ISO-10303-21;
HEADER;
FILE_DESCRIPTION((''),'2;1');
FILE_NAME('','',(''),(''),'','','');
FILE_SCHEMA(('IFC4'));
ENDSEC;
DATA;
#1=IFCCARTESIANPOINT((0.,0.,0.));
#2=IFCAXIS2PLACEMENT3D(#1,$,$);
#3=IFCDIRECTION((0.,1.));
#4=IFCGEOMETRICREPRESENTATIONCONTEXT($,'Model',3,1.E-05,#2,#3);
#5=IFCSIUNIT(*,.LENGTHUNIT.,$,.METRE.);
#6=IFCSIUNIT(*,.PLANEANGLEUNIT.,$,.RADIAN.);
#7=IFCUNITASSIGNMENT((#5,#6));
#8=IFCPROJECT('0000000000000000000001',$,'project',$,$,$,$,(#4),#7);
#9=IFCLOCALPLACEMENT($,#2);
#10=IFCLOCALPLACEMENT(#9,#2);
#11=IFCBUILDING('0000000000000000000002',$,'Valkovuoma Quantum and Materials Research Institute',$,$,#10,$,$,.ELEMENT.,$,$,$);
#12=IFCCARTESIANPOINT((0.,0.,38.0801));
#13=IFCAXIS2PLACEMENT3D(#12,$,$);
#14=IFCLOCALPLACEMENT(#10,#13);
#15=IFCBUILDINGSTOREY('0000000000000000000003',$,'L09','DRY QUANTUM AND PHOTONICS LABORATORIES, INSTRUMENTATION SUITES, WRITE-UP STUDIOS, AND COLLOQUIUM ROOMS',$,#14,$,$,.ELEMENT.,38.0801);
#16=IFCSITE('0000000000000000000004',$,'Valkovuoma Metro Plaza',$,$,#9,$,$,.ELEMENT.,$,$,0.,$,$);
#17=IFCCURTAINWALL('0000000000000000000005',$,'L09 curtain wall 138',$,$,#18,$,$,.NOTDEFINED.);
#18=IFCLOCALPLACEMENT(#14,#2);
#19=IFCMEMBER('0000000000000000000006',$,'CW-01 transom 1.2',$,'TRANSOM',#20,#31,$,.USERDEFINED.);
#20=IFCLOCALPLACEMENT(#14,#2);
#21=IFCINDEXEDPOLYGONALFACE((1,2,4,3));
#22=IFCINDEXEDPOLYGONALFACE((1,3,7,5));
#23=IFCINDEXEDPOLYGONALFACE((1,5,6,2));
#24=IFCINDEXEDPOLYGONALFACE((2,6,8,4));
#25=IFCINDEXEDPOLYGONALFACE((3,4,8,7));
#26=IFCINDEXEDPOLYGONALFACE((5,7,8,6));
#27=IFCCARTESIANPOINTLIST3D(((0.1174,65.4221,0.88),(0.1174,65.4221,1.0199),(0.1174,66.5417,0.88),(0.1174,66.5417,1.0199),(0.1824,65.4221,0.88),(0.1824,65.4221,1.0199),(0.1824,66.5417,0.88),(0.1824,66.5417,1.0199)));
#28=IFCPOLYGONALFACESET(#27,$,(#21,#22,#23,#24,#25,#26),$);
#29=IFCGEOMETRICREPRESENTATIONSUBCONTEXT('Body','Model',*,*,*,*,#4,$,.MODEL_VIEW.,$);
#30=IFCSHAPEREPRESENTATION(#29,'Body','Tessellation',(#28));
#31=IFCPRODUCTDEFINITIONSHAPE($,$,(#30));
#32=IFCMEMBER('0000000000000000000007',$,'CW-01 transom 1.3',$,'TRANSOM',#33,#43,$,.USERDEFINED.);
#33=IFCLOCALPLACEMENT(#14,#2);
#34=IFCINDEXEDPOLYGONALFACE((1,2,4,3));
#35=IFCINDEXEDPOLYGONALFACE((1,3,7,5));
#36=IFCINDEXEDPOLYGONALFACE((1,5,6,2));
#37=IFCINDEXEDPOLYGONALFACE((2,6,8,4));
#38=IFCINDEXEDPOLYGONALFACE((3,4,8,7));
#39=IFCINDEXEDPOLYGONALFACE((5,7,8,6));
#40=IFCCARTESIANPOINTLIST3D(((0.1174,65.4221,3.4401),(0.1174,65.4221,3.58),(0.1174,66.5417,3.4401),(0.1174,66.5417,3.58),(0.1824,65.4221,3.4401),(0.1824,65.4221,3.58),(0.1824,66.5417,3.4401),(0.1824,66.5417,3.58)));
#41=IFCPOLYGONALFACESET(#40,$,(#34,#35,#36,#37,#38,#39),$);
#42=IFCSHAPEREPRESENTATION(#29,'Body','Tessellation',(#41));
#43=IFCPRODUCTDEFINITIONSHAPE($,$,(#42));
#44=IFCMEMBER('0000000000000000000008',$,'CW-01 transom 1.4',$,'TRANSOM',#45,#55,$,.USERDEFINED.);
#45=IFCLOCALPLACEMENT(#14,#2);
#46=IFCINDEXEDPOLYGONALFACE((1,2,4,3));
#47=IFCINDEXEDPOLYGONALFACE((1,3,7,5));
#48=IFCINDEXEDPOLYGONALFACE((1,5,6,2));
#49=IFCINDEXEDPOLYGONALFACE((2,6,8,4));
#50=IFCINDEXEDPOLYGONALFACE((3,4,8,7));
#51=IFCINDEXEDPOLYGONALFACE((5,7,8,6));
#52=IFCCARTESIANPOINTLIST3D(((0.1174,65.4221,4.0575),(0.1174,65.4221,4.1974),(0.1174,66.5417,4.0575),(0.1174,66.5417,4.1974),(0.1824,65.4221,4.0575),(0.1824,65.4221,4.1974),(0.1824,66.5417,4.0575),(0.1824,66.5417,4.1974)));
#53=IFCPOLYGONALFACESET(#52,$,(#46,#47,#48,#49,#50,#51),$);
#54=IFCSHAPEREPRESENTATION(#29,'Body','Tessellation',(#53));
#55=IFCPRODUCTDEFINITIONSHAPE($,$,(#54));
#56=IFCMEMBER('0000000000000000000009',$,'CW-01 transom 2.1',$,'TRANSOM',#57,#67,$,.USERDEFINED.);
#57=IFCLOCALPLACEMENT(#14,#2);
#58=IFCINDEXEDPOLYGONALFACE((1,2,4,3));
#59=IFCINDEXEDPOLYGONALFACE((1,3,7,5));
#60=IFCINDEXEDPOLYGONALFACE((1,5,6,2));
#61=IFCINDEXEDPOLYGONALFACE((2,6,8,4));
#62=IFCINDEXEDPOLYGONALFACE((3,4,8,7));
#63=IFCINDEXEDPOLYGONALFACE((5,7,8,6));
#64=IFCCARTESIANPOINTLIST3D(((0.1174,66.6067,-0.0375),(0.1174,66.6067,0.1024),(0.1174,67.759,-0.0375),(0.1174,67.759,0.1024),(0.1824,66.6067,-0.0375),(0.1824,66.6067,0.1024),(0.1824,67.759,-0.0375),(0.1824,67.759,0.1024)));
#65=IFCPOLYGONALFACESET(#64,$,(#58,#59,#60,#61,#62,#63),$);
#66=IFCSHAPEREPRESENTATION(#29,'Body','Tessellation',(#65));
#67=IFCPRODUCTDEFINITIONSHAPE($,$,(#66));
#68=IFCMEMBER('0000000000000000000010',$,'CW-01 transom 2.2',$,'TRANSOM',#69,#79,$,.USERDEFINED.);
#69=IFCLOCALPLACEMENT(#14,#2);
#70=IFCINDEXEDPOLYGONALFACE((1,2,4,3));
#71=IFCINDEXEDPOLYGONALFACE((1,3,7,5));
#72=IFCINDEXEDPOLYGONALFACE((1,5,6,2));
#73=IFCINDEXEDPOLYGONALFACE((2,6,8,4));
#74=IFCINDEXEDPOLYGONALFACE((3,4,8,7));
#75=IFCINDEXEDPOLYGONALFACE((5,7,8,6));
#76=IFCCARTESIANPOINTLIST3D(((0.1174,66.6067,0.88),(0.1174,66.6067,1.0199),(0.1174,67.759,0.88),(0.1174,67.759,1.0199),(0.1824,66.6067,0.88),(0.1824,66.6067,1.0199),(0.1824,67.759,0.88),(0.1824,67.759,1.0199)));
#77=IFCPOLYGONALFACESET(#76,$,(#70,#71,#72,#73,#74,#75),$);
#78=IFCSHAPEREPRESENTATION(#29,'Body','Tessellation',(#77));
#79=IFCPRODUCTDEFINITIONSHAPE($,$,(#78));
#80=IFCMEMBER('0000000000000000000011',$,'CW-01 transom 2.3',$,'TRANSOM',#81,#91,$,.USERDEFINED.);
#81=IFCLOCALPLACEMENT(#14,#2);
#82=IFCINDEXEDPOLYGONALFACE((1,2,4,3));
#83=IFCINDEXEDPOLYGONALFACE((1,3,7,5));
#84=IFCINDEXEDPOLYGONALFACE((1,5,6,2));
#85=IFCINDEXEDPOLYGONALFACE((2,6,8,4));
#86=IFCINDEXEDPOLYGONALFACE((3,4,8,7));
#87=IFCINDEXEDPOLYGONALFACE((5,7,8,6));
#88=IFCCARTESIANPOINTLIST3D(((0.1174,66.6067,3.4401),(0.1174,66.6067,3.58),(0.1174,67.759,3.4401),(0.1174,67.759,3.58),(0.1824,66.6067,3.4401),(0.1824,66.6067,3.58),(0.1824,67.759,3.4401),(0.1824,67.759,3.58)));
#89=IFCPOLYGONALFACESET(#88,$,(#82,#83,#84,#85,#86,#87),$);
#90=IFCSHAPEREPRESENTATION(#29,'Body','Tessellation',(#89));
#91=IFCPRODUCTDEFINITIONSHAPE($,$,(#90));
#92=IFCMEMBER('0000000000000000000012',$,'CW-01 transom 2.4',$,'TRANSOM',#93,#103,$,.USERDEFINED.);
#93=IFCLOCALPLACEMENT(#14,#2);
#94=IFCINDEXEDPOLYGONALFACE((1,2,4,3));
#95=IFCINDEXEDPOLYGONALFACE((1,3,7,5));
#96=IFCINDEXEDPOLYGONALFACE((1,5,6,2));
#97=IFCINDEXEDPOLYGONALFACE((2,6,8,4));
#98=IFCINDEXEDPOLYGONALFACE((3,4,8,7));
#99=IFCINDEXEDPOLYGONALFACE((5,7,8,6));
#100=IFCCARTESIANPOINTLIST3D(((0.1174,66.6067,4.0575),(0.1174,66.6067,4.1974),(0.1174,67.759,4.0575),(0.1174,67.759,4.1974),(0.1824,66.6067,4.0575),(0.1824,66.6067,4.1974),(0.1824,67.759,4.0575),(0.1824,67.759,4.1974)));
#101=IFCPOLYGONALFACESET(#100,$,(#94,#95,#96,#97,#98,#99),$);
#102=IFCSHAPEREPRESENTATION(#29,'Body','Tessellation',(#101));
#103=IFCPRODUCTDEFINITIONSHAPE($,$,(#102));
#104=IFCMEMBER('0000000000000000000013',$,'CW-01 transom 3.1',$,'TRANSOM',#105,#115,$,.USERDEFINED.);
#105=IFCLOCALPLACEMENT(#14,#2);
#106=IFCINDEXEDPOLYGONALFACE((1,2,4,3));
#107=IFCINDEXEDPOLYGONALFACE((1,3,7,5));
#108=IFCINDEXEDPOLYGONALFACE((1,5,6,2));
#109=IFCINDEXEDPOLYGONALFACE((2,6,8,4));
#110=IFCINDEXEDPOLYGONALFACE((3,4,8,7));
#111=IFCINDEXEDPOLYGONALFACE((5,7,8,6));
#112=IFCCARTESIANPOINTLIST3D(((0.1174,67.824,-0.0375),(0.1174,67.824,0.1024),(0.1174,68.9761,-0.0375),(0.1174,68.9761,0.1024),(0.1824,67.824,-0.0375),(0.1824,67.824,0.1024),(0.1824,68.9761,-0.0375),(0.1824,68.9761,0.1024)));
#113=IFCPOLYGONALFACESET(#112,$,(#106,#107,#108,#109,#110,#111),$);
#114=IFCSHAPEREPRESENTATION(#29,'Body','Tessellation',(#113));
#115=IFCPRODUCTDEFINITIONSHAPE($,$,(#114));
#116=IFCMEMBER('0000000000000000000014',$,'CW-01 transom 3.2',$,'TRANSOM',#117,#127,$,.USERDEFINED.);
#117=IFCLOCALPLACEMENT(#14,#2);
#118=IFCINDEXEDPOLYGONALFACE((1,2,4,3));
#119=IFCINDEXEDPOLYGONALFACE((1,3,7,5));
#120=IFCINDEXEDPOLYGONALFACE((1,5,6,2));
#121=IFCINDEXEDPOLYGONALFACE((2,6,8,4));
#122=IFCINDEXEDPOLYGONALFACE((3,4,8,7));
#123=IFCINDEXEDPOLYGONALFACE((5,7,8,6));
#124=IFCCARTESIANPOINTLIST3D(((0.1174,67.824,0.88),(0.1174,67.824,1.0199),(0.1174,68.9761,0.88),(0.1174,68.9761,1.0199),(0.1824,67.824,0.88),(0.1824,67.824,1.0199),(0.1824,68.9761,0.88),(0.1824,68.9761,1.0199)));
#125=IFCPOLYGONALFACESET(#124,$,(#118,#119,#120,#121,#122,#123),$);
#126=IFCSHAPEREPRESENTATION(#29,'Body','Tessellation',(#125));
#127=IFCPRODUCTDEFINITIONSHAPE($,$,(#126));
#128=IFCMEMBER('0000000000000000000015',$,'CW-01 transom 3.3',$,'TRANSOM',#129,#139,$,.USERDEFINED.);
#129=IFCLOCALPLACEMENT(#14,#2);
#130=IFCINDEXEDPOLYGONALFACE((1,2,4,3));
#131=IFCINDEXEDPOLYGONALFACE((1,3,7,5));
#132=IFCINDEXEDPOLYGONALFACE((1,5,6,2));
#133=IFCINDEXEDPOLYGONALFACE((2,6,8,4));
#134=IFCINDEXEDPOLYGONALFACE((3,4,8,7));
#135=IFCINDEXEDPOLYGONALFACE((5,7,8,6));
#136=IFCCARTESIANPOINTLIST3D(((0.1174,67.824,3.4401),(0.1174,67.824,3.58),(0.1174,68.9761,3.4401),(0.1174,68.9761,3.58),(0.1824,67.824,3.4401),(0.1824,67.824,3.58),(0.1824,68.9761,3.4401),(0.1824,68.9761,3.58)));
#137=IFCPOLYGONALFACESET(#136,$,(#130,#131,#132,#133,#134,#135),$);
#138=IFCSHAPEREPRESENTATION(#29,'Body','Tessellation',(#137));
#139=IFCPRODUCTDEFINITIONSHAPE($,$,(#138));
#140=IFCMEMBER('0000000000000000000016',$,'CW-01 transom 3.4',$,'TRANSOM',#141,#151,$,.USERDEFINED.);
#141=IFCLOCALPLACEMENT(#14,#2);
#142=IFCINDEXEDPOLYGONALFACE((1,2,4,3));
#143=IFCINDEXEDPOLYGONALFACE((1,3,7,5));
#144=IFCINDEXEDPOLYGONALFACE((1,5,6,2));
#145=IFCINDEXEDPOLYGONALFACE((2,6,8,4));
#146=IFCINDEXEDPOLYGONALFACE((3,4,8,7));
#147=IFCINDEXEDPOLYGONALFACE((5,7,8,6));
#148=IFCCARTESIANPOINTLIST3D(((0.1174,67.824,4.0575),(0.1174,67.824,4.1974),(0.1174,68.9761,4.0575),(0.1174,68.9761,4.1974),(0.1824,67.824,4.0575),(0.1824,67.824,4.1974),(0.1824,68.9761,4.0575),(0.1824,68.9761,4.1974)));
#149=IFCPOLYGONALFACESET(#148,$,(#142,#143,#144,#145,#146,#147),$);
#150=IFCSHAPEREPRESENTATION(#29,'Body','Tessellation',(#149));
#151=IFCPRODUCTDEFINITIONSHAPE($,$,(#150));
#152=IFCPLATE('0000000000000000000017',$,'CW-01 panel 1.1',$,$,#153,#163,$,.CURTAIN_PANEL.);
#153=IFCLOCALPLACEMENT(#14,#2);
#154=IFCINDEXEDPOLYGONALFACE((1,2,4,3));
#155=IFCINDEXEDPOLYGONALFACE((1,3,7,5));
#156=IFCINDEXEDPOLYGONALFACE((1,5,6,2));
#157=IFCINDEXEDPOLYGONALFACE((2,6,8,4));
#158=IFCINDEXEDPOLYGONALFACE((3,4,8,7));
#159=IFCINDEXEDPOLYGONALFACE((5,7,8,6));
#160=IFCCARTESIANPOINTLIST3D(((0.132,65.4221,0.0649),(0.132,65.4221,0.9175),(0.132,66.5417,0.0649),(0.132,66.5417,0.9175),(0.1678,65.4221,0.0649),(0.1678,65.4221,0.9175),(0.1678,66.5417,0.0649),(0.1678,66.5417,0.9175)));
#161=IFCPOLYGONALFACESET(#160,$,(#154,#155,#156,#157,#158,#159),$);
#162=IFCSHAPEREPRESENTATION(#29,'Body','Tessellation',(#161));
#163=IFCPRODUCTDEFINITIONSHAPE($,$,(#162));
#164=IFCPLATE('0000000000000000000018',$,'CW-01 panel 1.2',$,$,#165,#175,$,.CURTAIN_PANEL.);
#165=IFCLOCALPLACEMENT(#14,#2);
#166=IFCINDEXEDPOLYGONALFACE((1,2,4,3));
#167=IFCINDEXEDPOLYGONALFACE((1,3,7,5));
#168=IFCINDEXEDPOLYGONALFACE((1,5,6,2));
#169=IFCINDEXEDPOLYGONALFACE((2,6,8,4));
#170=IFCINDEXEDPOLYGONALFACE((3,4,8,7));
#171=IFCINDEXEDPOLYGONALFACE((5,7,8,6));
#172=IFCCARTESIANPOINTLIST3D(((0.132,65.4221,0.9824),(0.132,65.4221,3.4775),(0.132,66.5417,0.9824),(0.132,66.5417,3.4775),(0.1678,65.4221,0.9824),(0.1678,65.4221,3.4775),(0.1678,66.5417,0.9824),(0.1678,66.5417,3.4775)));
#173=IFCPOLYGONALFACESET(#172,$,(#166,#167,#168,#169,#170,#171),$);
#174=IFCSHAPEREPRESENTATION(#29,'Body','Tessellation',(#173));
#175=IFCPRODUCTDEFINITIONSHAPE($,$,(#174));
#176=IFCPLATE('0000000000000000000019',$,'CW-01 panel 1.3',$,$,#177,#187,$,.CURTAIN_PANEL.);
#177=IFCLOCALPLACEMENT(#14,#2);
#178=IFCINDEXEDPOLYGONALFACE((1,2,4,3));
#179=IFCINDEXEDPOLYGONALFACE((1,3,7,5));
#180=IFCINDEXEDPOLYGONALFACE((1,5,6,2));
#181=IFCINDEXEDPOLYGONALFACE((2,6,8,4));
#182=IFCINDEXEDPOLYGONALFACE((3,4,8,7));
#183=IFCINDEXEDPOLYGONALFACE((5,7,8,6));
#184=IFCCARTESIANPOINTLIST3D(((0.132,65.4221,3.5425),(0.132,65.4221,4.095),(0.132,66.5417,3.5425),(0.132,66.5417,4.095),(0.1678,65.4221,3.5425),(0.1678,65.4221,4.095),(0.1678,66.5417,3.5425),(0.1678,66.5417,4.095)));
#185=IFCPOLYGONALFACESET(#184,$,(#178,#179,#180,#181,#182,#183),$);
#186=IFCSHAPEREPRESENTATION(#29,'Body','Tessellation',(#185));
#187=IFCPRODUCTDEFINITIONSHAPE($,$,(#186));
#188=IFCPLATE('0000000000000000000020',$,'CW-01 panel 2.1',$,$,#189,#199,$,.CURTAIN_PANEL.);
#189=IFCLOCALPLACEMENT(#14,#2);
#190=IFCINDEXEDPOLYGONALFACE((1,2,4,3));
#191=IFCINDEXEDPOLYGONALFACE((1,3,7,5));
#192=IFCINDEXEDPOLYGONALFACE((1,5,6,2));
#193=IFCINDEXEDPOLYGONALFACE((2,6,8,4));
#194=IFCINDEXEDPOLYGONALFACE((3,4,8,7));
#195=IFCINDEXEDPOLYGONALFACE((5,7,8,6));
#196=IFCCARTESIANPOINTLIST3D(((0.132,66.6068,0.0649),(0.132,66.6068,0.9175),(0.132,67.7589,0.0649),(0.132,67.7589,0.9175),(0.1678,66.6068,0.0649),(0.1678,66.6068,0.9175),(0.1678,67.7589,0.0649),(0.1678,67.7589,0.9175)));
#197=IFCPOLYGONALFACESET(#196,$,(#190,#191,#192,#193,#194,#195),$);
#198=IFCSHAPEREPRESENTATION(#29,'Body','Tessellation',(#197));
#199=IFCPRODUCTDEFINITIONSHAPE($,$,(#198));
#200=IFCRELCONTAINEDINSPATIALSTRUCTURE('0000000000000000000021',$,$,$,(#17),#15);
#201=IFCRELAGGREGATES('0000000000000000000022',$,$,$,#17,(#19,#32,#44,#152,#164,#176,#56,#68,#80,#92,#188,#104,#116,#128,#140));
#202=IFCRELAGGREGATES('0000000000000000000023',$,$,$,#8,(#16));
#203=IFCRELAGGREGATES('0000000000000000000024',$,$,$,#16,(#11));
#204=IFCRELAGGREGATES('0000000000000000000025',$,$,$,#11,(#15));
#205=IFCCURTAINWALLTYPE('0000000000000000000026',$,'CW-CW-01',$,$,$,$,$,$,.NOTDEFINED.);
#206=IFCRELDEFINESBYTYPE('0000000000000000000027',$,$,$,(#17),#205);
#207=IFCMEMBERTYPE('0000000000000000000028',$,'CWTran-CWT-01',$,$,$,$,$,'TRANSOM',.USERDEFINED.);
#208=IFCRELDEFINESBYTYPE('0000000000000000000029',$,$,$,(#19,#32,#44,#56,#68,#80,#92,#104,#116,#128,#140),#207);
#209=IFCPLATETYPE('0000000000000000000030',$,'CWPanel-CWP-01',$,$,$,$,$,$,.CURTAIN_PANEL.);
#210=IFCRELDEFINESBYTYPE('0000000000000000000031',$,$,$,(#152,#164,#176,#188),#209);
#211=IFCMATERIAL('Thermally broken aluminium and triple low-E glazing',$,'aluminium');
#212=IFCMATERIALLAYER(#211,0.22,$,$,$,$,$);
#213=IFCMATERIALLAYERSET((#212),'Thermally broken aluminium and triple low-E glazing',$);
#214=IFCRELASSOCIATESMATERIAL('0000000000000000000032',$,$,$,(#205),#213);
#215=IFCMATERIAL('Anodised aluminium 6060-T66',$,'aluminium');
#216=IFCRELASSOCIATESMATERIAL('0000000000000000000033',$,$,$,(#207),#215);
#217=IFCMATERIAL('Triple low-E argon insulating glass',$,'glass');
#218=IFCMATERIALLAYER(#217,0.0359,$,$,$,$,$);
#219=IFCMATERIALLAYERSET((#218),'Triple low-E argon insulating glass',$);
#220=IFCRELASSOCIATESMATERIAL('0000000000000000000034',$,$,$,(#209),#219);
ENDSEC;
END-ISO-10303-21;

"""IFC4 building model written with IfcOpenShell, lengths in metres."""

from ifc_helpers import new_model, si_unit, direction, frame, origin, origin_2d, place, context, subcontext, project, spatial, rectangle, extrude, material, layer, layer_set, material_profile, profile_set, type_object, element, aggregate, save


model = new_model("IFC4")

# Units and contexts
model_context = context("Model", 3, precision=1e-05, world=origin(), true_north=direction((0.0, 1.0)))
body_context = subcontext(model_context, "Body", "Model", "MODEL_VIEW")
ifc_project = project(units=[si_unit("LENGTHUNIT", "METRE"), si_unit("PLANEANGLEUNIT", "RADIAN")], contexts=[model_context])

# Site, building, storey
site_placement = place(None, origin())
site = spatial("IfcSite", under=ifc_project, at=site_placement, Name="Valkovuoma Metro Plaza", CompositionType="ELEMENT", RefElevation=0.0)
building_placement = place(site_placement, origin())
building = spatial("IfcBuilding", under=site, at=building_placement, Name="Valkovuoma Quantum and Materials Research Institute", CompositionType="ELEMENT")
storey_placement = place(building_placement, frame((0.0, 0.0, 38.0801)))
storey = spatial("IfcBuildingStorey", under=building, at=storey_placement, Name="L09", Description="DRY QUANTUM AND PHOTONICS LABORATORIES, INSTRUMENTATION SUITES, WRITE-UP STUDIOS, AND COLLOQUIUM ROOMS", CompositionType="ELEMENT", Elevation=38.0801)

# Curtain wall, members, plates
ifc_material_1 = material(Name="Thermally broken aluminium and triple low-E glazing", Category="aluminium")
ifc_layer_1 = layer(ifc_material_1, 0.22)
ifc_layer_set_1 = layer_set([ifc_layer_1], Name="Thermally broken aluminium and triple low-E glazing")
curtain_wall_type = type_object("IfcCurtainWallType", Name="CW-CW-01", PredefinedType="NOTDEFINED", material=ifc_layer_set_1)
curtain_wall_placement = place(storey_placement, origin())
curtain_wall = element("IfcCurtainWall", 1, at=curtain_wall_placement, inside=storey, type_object=curtain_wall_type, Name="L09 curtain wall 138", PredefinedType="NOTDEFINED")
ifc_material_2 = material(Name="Anodised aluminium 6060-T66", Category="aluminium")
ifc_material_profile_1 = material_profile(ifc_material_2, rectangle(XDim=0.0649, YDim=0.1399, at=origin_2d()), Name="Anodised aluminium 6060-T66")
ifc_profile_set_1 = profile_set([ifc_material_profile_1], Name="Anodised aluminium 6060-T66")
member_type_1 = type_object("IfcMemberType", Name="CWTran-CWT-01", ElementType="TRANSOM", PredefinedType="USERDEFINED", material=ifc_profile_set_1)
member_1_placement = place(storey_placement, frame((0.1499, 65.4221, 0.95), z_axis=(0.0, 1.0, 0.0), x_axis=(-1.0, 0.0, 0.0)))
member_1 = element("IfcMember", 2, at=member_1_placement, type_object=member_type_1, Name="CW-01 transom 1.2", ObjectType="TRANSOM", PredefinedType="USERDEFINED", context=body_context, shape_type="SweptSolid", body=[
    extrude(rectangle(XDim=0.0649, YDim=0.1399, at=origin_2d()), origin(), (0.0, 0.0, 1.0), 1.1196),
])
member_2_placement = place(storey_placement, frame((0.1499, 65.4221, 3.51), z_axis=(0.0, 1.0, 0.0), x_axis=(-1.0, 0.0, 0.0)))
member_2 = element("IfcMember", 3, at=member_2_placement, type_object=member_type_1, Name="CW-01 transom 1.3", ObjectType="TRANSOM", PredefinedType="USERDEFINED", context=body_context, shape_type="SweptSolid", body=[
    extrude(rectangle(XDim=0.0649, YDim=0.1399, at=origin_2d()), origin(), (0.0, 0.0, 1.0), 1.1196),
])
member_3_placement = place(storey_placement, frame((0.1499, 65.4221, 4.1274), z_axis=(0.0, 1.0, 0.0), x_axis=(-1.0, 0.0, 0.0)))
member_3 = element("IfcMember", 4, at=member_3_placement, type_object=member_type_1, Name="CW-01 transom 1.4", ObjectType="TRANSOM", PredefinedType="USERDEFINED", context=body_context, shape_type="SweptSolid", body=[
    extrude(rectangle(XDim=0.0649, YDim=0.1399, at=origin_2d()), origin(), (0.0, 0.0, 1.0), 1.1196),
])
member_4_placement = place(storey_placement, frame((0.1499, 66.6067, 0.0325), z_axis=(0.0, 1.0, 0.0), x_axis=(-1.0, 0.0, 0.0)))
member_4 = element("IfcMember", 5, at=member_4_placement, type_object=member_type_1, Name="CW-01 transom 2.1", ObjectType="TRANSOM", PredefinedType="USERDEFINED", context=body_context, shape_type="SweptSolid", body=[
    extrude(rectangle(XDim=0.0649, YDim=0.1399, at=origin_2d()), origin(), (0.0, 0.0, 1.0), 1.1523),
])
member_5_placement = place(storey_placement, frame((0.1499, 66.6067, 0.95), z_axis=(0.0, 1.0, 0.0), x_axis=(-1.0, 0.0, 0.0)))
member_5 = element("IfcMember", 6, at=member_5_placement, type_object=member_type_1, Name="CW-01 transom 2.2", ObjectType="TRANSOM", PredefinedType="USERDEFINED", context=body_context, shape_type="SweptSolid", body=[
    extrude(rectangle(XDim=0.0649, YDim=0.1399, at=origin_2d()), origin(), (0.0, 0.0, 1.0), 1.1523),
])
member_6_placement = place(storey_placement, frame((0.1499, 66.6067, 3.51), z_axis=(0.0, 1.0, 0.0), x_axis=(-1.0, 0.0, 0.0)))
member_6 = element("IfcMember", 7, at=member_6_placement, type_object=member_type_1, Name="CW-01 transom 2.3", ObjectType="TRANSOM", PredefinedType="USERDEFINED", context=body_context, shape_type="SweptSolid", body=[
    extrude(rectangle(XDim=0.0649, YDim=0.1399, at=origin_2d()), origin(), (0.0, 0.0, 1.0), 1.1523),
])
member_7_placement = place(storey_placement, frame((0.1499, 66.6067, 4.1274), z_axis=(0.0, 1.0, 0.0), x_axis=(-1.0, 0.0, 0.0)))
member_7 = element("IfcMember", 8, at=member_7_placement, type_object=member_type_1, Name="CW-01 transom 2.4", ObjectType="TRANSOM", PredefinedType="USERDEFINED", context=body_context, shape_type="SweptSolid", body=[
    extrude(rectangle(XDim=0.0649, YDim=0.1399, at=origin_2d()), origin(), (0.0, 0.0, 1.0), 1.1523),
])
member_8_placement = place(storey_placement, frame((0.1499, 67.824, 0.0325), z_axis=(0.0, 1.0, 0.0), x_axis=(-1.0, 0.0, 0.0)))
member_8 = element("IfcMember", 9, at=member_8_placement, type_object=member_type_1, Name="CW-01 transom 3.1", ObjectType="TRANSOM", PredefinedType="USERDEFINED", context=body_context, shape_type="SweptSolid", body=[
    extrude(rectangle(XDim=0.0649, YDim=0.1399, at=origin_2d()), origin(), (0.0, 0.0, 1.0), 1.1521),
])
member_9_placement = place(storey_placement, frame((0.1499, 67.824, 0.95), z_axis=(0.0, 1.0, 0.0), x_axis=(-1.0, 0.0, 0.0)))
member_9 = element("IfcMember", 10, at=member_9_placement, type_object=member_type_1, Name="CW-01 transom 3.2", ObjectType="TRANSOM", PredefinedType="USERDEFINED", context=body_context, shape_type="SweptSolid", body=[
    extrude(rectangle(XDim=0.0649, YDim=0.1399, at=origin_2d()), origin(), (0.0, 0.0, 1.0), 1.1521),
])
member_10_placement = place(storey_placement, frame((0.1499, 67.824, 3.51), z_axis=(0.0, 1.0, 0.0), x_axis=(-1.0, 0.0, 0.0)))
member_10 = element("IfcMember", 11, at=member_10_placement, type_object=member_type_1, Name="CW-01 transom 3.3", ObjectType="TRANSOM", PredefinedType="USERDEFINED", context=body_context, shape_type="SweptSolid", body=[
    extrude(rectangle(XDim=0.0649, YDim=0.1399, at=origin_2d()), origin(), (0.0, 0.0, 1.0), 1.1521),
])
member_11_placement = place(storey_placement, frame((0.1499, 67.824, 4.1274), z_axis=(0.0, 1.0, 0.0), x_axis=(-1.0, 0.0, 0.0)))
member_11 = element("IfcMember", 12, at=member_11_placement, type_object=member_type_1, Name="CW-01 transom 3.4", ObjectType="TRANSOM", PredefinedType="USERDEFINED", context=body_context, shape_type="SweptSolid", body=[
    extrude(rectangle(XDim=0.0649, YDim=0.1399, at=origin_2d()), origin(), (0.0, 0.0, 1.0), 1.1521),
])
ifc_material_3 = material(Name="Triple low-E argon insulating glass", Category="glass")
ifc_layer_2 = layer(ifc_material_3, 0.0359)
ifc_layer_set_2 = layer_set([ifc_layer_2], Name="Triple low-E argon insulating glass")
plate_type = type_object("IfcPlateType", Name="CWPanel-CWP-01", PredefinedType="CURTAIN_PANEL", material=ifc_layer_set_2)
plate_1_placement = place(storey_placement, frame((0.1499, 65.9819, 0.0649), z_axis=(0.0, 0.0, 1.0), x_axis=(0.0, 1.0, 0.0)))
plate_1 = element("IfcPlate", 13, at=plate_1_placement, type_object=plate_type, Name="CW-01 panel 1.1", PredefinedType="CURTAIN_PANEL", context=body_context, shape_type="SweptSolid", body=[
    extrude(rectangle(XDim=1.1196, YDim=0.0359, at=origin_2d()), origin(), (0.0, 0.0, 1.0), 0.8525),
])
plate_2_placement = place(storey_placement, frame((0.1499, 65.9819, 0.9824), z_axis=(0.0, 0.0, 1.0), x_axis=(0.0, 1.0, 0.0)))
plate_2 = element("IfcPlate", 14, at=plate_2_placement, type_object=plate_type, Name="CW-01 panel 1.2", PredefinedType="CURTAIN_PANEL", context=body_context, shape_type="SweptSolid", body=[
    extrude(rectangle(XDim=1.1196, YDim=0.0359, at=origin_2d()), origin(), (0.0, 0.0, 1.0), 2.4951),
])
plate_3_placement = place(storey_placement, frame((0.1499, 65.9819, 3.5425), z_axis=(0.0, 0.0, 1.0), x_axis=(0.0, 1.0, 0.0)))
plate_3 = element("IfcPlate", 15, at=plate_3_placement, type_object=plate_type, Name="CW-01 panel 1.3", PredefinedType="CURTAIN_PANEL", context=body_context, shape_type="SweptSolid", body=[
    extrude(rectangle(XDim=1.1196, YDim=0.0359, at=origin_2d()), origin(), (0.0, 0.0, 1.0), 0.5525),
])
plate_4_placement = place(storey_placement, frame((0.1499, 67.1829, 0.0649), z_axis=(0.0, 0.0, 1.0), x_axis=(0.0, 1.0, 0.0)))
plate_4 = element("IfcPlate", 16, at=plate_4_placement, type_object=plate_type, Name="CW-01 panel 2.1", PredefinedType="CURTAIN_PANEL", context=body_context, shape_type="SweptSolid", body=[
    extrude(rectangle(XDim=1.1521, YDim=0.0359, at=origin_2d()), origin(), (0.0, 0.0, 1.0), 0.8525),
])
aggregate(curtain_wall, [member_1, member_2, member_3, plate_1, plate_2, plate_3, member_4, member_5, member_6, member_7, plate_4, member_8, member_9, member_10, member_11])

save(model, "model.ifc")
